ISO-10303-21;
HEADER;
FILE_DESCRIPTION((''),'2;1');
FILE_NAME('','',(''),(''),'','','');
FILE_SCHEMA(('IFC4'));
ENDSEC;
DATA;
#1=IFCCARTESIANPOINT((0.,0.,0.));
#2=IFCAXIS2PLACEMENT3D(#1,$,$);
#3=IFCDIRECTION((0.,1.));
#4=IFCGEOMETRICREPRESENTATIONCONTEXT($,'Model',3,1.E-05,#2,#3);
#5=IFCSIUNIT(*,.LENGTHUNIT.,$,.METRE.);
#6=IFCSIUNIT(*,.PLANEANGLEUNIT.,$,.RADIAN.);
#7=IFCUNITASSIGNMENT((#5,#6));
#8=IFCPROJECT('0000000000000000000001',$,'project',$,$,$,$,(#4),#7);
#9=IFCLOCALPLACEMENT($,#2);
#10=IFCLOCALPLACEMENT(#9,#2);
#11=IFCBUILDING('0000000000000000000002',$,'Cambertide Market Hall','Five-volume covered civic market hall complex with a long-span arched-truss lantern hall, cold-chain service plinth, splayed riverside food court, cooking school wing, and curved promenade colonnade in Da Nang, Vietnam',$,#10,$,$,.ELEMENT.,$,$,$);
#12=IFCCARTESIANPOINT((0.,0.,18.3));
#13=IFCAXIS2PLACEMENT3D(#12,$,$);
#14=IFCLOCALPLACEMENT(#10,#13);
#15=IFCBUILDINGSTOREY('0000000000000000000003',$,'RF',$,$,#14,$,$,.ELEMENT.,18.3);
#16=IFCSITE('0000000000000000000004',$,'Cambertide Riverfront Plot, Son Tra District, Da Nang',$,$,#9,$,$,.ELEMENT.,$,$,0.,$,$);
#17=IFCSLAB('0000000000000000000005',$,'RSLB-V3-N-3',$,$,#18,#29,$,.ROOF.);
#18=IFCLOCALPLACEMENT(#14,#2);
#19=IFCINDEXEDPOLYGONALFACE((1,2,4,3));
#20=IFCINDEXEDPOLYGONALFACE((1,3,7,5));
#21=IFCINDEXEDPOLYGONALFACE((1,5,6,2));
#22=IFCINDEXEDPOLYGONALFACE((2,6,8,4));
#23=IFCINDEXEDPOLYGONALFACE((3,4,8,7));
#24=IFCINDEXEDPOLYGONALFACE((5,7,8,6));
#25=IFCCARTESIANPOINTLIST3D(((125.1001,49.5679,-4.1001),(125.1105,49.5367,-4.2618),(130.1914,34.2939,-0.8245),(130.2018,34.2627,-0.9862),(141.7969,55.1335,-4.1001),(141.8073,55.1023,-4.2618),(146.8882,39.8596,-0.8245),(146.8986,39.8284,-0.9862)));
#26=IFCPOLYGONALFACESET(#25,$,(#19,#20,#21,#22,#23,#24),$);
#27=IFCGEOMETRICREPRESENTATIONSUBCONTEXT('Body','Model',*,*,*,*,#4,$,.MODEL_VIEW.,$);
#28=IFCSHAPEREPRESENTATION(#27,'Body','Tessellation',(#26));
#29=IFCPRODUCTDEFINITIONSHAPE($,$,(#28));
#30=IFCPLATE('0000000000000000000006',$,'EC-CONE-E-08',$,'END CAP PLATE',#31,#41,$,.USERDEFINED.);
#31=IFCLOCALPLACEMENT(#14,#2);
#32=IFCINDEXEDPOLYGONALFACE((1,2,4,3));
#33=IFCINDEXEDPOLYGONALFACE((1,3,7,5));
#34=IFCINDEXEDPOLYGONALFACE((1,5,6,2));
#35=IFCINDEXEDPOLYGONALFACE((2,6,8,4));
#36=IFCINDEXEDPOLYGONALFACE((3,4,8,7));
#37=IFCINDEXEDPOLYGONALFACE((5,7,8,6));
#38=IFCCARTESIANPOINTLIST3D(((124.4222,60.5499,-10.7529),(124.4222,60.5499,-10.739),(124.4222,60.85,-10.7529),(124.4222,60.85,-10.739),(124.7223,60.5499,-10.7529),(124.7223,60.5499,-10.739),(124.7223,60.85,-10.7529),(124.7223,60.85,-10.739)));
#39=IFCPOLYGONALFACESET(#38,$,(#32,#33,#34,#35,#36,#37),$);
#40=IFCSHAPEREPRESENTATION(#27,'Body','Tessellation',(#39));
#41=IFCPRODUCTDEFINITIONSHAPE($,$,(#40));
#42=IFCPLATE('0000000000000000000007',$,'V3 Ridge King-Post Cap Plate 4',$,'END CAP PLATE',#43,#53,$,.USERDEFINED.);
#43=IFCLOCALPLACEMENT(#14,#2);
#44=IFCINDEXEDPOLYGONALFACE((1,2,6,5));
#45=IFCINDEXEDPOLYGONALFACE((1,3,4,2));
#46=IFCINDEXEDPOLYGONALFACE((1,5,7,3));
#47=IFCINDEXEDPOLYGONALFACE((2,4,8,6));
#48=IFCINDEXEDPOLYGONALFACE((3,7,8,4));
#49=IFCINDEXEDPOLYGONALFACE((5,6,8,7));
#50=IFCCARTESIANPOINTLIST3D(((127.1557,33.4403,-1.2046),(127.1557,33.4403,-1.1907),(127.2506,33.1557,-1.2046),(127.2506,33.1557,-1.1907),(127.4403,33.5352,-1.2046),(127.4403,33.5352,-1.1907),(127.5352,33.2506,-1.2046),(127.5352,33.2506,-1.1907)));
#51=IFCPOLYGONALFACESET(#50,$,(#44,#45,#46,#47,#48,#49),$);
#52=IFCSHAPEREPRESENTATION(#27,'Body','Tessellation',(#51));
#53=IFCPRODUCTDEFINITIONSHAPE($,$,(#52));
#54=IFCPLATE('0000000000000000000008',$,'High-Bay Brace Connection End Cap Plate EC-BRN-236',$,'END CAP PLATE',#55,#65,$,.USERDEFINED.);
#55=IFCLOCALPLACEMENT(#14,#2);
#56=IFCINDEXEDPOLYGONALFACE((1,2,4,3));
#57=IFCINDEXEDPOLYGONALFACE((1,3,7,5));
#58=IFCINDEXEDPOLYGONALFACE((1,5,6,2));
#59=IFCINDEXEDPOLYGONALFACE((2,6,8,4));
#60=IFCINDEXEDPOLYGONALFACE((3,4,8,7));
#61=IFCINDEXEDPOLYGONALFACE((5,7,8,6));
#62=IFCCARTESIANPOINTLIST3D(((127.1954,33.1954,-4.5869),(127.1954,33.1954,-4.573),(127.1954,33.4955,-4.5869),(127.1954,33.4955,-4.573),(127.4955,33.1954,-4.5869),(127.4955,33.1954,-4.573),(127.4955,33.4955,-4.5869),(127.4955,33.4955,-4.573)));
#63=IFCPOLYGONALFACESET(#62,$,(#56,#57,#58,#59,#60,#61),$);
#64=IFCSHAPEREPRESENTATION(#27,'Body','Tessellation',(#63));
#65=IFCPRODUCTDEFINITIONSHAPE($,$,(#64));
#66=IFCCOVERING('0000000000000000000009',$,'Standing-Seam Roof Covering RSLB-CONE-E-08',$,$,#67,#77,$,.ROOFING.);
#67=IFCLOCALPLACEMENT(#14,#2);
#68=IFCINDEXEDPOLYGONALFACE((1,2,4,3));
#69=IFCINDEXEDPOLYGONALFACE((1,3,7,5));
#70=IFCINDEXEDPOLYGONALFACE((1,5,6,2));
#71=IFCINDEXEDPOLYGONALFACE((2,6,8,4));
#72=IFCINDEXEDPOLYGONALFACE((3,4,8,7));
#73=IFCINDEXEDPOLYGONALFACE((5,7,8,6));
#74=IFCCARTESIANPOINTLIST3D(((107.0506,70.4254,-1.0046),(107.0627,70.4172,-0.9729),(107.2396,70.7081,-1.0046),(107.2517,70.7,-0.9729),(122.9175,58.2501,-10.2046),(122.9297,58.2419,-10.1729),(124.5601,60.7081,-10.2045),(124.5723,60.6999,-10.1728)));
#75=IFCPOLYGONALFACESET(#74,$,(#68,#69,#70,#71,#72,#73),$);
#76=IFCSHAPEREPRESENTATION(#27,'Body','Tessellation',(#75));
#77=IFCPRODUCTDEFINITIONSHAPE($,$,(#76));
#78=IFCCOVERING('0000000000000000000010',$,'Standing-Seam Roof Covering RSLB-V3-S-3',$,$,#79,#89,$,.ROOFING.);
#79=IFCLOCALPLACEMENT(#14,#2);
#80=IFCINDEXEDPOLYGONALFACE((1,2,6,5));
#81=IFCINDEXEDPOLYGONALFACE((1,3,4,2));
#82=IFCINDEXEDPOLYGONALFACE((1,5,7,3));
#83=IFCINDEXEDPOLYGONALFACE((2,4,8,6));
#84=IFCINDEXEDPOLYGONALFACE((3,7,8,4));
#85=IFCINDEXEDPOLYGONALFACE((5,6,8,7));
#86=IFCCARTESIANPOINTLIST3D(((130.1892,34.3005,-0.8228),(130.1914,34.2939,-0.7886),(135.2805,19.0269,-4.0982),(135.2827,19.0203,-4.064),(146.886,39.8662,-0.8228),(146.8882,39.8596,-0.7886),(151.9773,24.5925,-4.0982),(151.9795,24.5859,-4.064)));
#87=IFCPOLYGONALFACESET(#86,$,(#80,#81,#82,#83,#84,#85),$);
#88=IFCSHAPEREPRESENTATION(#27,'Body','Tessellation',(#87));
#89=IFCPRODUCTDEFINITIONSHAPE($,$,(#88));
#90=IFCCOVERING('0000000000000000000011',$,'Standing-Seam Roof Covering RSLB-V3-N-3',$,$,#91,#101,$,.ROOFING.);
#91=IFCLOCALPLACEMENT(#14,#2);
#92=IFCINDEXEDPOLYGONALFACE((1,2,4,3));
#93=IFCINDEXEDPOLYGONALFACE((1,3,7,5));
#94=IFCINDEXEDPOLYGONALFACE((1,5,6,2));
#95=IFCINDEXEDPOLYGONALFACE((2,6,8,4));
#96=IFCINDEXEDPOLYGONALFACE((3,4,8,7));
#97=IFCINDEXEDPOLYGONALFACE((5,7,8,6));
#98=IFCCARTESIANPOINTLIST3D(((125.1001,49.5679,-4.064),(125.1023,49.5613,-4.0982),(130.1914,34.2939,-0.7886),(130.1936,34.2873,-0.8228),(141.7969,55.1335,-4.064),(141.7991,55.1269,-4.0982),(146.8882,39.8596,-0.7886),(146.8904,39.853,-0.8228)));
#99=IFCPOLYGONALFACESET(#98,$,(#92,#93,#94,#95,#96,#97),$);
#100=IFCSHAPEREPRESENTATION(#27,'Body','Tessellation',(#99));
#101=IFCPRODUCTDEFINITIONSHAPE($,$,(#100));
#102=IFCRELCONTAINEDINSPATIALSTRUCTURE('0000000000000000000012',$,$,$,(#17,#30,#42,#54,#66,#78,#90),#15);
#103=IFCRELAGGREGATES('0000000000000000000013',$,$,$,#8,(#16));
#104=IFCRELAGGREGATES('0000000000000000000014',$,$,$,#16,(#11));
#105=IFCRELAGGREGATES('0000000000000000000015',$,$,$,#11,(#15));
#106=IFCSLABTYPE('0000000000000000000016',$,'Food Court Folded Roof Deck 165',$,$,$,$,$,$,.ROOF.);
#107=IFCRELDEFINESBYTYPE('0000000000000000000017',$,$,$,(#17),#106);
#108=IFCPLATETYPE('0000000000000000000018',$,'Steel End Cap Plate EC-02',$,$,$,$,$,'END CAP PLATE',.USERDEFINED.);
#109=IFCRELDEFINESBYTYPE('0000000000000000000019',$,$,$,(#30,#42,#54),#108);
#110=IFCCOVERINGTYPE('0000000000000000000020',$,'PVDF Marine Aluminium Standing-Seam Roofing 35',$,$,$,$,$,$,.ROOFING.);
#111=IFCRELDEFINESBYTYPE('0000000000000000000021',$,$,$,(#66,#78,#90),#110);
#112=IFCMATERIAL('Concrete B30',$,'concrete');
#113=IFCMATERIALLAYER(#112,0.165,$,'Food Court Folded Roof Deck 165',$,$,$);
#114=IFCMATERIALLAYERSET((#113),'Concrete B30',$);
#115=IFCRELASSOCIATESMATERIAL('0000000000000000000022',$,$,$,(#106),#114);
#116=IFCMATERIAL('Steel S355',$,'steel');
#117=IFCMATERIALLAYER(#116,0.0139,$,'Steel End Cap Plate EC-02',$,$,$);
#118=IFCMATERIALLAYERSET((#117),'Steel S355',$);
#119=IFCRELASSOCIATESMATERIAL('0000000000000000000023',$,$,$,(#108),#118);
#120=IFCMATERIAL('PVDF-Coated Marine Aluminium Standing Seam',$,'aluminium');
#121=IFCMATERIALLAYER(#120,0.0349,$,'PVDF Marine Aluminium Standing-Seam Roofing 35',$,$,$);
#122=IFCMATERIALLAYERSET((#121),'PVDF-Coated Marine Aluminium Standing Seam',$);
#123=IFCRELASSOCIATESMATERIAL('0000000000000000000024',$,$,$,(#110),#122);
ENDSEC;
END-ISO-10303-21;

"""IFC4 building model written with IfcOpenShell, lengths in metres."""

from ifc_helpers import new_model, si_unit, direction, frame, origin, origin_2d, place, context, subcontext, project, spatial, polyline, rectangle, outline, extrude, material, layer, layer_set, type_object, element, save


model = new_model("IFC4")

# Units and contexts
model_context = context("Model", 3, precision=1e-05, world=origin(), true_north=direction((0.0, 1.0)))
body_context = subcontext(model_context, "Body", "Model", "MODEL_VIEW")
ifc_project = project(units=[si_unit("LENGTHUNIT", "METRE"), si_unit("PLANEANGLEUNIT", "RADIAN")], contexts=[model_context])

# Site, building, storey
site_placement = place(None, origin())
site = spatial("IfcSite", under=ifc_project, at=site_placement, Name="Cambertide Riverfront Plot, Son Tra District, Da Nang", CompositionType="ELEMENT", RefElevation=0.0)
building_placement = place(site_placement, origin())
building = spatial("IfcBuilding", under=site, at=building_placement, Name="Cambertide Market Hall", Description="Five-volume covered civic market hall complex with a long-span arched-truss lantern hall, cold-chain service plinth, splayed riverside food court, cooking school wing, and curved promenade colonnade in Da Nang, Vietnam", CompositionType="ELEMENT")
storey_placement = place(building_placement, frame((0.0, 0.0, 18.3)))
storey = spatial("IfcBuildingStorey", under=building, at=storey_placement, Name="RF", CompositionType="ELEMENT", Elevation=18.3)

# Slab
ifc_material_1 = material(Name="Concrete B30", Category="concrete")
ifc_layer_1 = layer(ifc_material_1, 0.165, Name="Food Court Folded Roof Deck 165")
ifc_layer_set_1 = layer_set([ifc_layer_1], Name="Concrete B30")
slab_type_1 = type_object("IfcSlabType", Name="Food Court Folded Roof Deck 165", PredefinedType="ROOF", material=ifc_layer_set_1)
slab_1_placement = place(storey_placement, frame((130.1914, 34.2939, -0.8245), z_axis=(-0.063047, 0.189138, 0.979924), x_axis=(0.948682, 0.316232, 0.0)))
element("IfcSlab", 1, at=slab_1_placement, inside=storey, type_object=slab_type_1, Name="RSLB-V3-N-3", PredefinedType="ROOF", context=body_context, shape_type="SweptSolid", body=[
    extrude(outline(polyline([(0.0, 0.0), (17.6, 0.0), (17.6, 16.43), (0.0001, 16.43), (0.0, 0.0)])), origin(), (0.0, 0.0, -1.0), 0.165),
])

# Plates
ifc_material_2 = material(Name="Steel S355", Category="steel")
ifc_layer_2 = layer(ifc_material_2, 0.0139, Name="Steel End Cap Plate EC-02")
ifc_layer_set_2 = layer_set([ifc_layer_2], Name="Steel S355")
plate_type = type_object("IfcPlateType", Name="Steel End Cap Plate EC-02", ElementType="END CAP PLATE", PredefinedType="USERDEFINED", material=ifc_layer_set_2)
for number, where, z_axis, x_axis, name in (
    (2, (124.5723, 60.7, -10.7529), (0.0, 0.0, 1.0), (1.0, 0.0, 0.0), "EC-CONE-E-08"),
    (3, (127.3455, 33.3455, -1.2046), (0.0, 0.0, 1.0), (0.948683, 0.316228, 0.0), "V3 Ridge King-Post Cap Plate 4"),
    (4, (127.3455, 33.3455, -4.5869), (0.0, 0.0, 1.0), (1.0, 0.0, 0.0), "High-Bay Brace Connection End Cap Plate EC-BRN-236"),
):
    element("IfcPlate", number, at=place(storey_placement, frame(where, z_axis=z_axis, x_axis=x_axis)), inside=storey, type_object=plate_type, Name=name, ObjectType="END CAP PLATE", PredefinedType="USERDEFINED", context=body_context, shape_type="SweptSolid", body=[
        extrude(rectangle(XDim=0.3, YDim=0.3, at=origin_2d()), origin(), (0.0, 0.0, 1.0), 0.0139),
    ])

# Coverings
ifc_material_3 = material(Name="PVDF-Coated Marine Aluminium Standing Seam", Category="aluminium")
ifc_layer_3 = layer(ifc_material_3, 0.0349, Name="PVDF Marine Aluminium Standing-Seam Roofing 35")
ifc_layer_set_3 = layer_set([ifc_layer_3], Name="PVDF-Coated Marine Aluminium Standing Seam")
covering_type = type_object("IfcCoveringType", Name="PVDF Marine Aluminium Standing-Seam Roofing 35", PredefinedType="ROOFING", material=ifc_layer_set_3)
covering_1_placement = place(storey_placement, frame((122.9297, 58.2419, -10.1729), z_axis=(0.348075, -0.232608, 0.908151), x_axis=(0.555616, 0.831439, 0.000004)))
element("IfcCovering", 5, at=covering_1_placement, inside=storey, type_object=covering_type, Name="Standing-Seam Roof Covering RSLB-CONE-E-08", PredefinedType="ROOFING", context=body_context, shape_type="SweptSolid", body=[
    extrude(outline(polyline([(0.0, 0.0), (2.9563, 0.0), (1.6472, 21.9756), (1.3071, 21.9756), (0.0, 0.0)])), origin(), (0.0, 0.0, -1.0), 0.0349),
])
covering_2_placement = place(storey_placement, frame((135.2827, 19.0203, -4.064), z_axis=(0.063043, -0.189127, 0.979927), x_axis=(0.948682, 0.316232, 0.0)))
element("IfcCovering", 6, at=covering_2_placement, inside=storey, type_object=covering_type, Name="Standing-Seam Roof Covering RSLB-V3-S-3", PredefinedType="ROOFING", context=body_context, shape_type="SweptSolid", body=[
    extrude(outline(polyline([(0.0, 0.0), (17.6, 0.0), (17.6, 16.4297), (0.0, 16.4297), (0.0, 0.0)])), origin(), (0.0, 0.0, -1.0), 0.0349),
])
covering_3_placement = place(storey_placement, frame((130.1914, 34.2939, -0.7886), z_axis=(-0.063042, 0.189125, 0.979927), x_axis=(0.948682, 0.316232, 0.0)))
element("IfcCovering", 7, at=covering_3_placement, inside=storey, type_object=covering_type, Name="Standing-Seam Roof Covering RSLB-V3-N-3", PredefinedType="ROOFING", context=body_context, shape_type="SweptSolid", body=[
    extrude(outline(polyline([(0.0, 0.0), (17.6, 0.0), (17.6, 16.4299), (0.0001, 16.4299), (0.0, 0.0)])), origin(), (0.0, 0.0, -1.0), 0.0349),
])

save(model, "model.ifc")
